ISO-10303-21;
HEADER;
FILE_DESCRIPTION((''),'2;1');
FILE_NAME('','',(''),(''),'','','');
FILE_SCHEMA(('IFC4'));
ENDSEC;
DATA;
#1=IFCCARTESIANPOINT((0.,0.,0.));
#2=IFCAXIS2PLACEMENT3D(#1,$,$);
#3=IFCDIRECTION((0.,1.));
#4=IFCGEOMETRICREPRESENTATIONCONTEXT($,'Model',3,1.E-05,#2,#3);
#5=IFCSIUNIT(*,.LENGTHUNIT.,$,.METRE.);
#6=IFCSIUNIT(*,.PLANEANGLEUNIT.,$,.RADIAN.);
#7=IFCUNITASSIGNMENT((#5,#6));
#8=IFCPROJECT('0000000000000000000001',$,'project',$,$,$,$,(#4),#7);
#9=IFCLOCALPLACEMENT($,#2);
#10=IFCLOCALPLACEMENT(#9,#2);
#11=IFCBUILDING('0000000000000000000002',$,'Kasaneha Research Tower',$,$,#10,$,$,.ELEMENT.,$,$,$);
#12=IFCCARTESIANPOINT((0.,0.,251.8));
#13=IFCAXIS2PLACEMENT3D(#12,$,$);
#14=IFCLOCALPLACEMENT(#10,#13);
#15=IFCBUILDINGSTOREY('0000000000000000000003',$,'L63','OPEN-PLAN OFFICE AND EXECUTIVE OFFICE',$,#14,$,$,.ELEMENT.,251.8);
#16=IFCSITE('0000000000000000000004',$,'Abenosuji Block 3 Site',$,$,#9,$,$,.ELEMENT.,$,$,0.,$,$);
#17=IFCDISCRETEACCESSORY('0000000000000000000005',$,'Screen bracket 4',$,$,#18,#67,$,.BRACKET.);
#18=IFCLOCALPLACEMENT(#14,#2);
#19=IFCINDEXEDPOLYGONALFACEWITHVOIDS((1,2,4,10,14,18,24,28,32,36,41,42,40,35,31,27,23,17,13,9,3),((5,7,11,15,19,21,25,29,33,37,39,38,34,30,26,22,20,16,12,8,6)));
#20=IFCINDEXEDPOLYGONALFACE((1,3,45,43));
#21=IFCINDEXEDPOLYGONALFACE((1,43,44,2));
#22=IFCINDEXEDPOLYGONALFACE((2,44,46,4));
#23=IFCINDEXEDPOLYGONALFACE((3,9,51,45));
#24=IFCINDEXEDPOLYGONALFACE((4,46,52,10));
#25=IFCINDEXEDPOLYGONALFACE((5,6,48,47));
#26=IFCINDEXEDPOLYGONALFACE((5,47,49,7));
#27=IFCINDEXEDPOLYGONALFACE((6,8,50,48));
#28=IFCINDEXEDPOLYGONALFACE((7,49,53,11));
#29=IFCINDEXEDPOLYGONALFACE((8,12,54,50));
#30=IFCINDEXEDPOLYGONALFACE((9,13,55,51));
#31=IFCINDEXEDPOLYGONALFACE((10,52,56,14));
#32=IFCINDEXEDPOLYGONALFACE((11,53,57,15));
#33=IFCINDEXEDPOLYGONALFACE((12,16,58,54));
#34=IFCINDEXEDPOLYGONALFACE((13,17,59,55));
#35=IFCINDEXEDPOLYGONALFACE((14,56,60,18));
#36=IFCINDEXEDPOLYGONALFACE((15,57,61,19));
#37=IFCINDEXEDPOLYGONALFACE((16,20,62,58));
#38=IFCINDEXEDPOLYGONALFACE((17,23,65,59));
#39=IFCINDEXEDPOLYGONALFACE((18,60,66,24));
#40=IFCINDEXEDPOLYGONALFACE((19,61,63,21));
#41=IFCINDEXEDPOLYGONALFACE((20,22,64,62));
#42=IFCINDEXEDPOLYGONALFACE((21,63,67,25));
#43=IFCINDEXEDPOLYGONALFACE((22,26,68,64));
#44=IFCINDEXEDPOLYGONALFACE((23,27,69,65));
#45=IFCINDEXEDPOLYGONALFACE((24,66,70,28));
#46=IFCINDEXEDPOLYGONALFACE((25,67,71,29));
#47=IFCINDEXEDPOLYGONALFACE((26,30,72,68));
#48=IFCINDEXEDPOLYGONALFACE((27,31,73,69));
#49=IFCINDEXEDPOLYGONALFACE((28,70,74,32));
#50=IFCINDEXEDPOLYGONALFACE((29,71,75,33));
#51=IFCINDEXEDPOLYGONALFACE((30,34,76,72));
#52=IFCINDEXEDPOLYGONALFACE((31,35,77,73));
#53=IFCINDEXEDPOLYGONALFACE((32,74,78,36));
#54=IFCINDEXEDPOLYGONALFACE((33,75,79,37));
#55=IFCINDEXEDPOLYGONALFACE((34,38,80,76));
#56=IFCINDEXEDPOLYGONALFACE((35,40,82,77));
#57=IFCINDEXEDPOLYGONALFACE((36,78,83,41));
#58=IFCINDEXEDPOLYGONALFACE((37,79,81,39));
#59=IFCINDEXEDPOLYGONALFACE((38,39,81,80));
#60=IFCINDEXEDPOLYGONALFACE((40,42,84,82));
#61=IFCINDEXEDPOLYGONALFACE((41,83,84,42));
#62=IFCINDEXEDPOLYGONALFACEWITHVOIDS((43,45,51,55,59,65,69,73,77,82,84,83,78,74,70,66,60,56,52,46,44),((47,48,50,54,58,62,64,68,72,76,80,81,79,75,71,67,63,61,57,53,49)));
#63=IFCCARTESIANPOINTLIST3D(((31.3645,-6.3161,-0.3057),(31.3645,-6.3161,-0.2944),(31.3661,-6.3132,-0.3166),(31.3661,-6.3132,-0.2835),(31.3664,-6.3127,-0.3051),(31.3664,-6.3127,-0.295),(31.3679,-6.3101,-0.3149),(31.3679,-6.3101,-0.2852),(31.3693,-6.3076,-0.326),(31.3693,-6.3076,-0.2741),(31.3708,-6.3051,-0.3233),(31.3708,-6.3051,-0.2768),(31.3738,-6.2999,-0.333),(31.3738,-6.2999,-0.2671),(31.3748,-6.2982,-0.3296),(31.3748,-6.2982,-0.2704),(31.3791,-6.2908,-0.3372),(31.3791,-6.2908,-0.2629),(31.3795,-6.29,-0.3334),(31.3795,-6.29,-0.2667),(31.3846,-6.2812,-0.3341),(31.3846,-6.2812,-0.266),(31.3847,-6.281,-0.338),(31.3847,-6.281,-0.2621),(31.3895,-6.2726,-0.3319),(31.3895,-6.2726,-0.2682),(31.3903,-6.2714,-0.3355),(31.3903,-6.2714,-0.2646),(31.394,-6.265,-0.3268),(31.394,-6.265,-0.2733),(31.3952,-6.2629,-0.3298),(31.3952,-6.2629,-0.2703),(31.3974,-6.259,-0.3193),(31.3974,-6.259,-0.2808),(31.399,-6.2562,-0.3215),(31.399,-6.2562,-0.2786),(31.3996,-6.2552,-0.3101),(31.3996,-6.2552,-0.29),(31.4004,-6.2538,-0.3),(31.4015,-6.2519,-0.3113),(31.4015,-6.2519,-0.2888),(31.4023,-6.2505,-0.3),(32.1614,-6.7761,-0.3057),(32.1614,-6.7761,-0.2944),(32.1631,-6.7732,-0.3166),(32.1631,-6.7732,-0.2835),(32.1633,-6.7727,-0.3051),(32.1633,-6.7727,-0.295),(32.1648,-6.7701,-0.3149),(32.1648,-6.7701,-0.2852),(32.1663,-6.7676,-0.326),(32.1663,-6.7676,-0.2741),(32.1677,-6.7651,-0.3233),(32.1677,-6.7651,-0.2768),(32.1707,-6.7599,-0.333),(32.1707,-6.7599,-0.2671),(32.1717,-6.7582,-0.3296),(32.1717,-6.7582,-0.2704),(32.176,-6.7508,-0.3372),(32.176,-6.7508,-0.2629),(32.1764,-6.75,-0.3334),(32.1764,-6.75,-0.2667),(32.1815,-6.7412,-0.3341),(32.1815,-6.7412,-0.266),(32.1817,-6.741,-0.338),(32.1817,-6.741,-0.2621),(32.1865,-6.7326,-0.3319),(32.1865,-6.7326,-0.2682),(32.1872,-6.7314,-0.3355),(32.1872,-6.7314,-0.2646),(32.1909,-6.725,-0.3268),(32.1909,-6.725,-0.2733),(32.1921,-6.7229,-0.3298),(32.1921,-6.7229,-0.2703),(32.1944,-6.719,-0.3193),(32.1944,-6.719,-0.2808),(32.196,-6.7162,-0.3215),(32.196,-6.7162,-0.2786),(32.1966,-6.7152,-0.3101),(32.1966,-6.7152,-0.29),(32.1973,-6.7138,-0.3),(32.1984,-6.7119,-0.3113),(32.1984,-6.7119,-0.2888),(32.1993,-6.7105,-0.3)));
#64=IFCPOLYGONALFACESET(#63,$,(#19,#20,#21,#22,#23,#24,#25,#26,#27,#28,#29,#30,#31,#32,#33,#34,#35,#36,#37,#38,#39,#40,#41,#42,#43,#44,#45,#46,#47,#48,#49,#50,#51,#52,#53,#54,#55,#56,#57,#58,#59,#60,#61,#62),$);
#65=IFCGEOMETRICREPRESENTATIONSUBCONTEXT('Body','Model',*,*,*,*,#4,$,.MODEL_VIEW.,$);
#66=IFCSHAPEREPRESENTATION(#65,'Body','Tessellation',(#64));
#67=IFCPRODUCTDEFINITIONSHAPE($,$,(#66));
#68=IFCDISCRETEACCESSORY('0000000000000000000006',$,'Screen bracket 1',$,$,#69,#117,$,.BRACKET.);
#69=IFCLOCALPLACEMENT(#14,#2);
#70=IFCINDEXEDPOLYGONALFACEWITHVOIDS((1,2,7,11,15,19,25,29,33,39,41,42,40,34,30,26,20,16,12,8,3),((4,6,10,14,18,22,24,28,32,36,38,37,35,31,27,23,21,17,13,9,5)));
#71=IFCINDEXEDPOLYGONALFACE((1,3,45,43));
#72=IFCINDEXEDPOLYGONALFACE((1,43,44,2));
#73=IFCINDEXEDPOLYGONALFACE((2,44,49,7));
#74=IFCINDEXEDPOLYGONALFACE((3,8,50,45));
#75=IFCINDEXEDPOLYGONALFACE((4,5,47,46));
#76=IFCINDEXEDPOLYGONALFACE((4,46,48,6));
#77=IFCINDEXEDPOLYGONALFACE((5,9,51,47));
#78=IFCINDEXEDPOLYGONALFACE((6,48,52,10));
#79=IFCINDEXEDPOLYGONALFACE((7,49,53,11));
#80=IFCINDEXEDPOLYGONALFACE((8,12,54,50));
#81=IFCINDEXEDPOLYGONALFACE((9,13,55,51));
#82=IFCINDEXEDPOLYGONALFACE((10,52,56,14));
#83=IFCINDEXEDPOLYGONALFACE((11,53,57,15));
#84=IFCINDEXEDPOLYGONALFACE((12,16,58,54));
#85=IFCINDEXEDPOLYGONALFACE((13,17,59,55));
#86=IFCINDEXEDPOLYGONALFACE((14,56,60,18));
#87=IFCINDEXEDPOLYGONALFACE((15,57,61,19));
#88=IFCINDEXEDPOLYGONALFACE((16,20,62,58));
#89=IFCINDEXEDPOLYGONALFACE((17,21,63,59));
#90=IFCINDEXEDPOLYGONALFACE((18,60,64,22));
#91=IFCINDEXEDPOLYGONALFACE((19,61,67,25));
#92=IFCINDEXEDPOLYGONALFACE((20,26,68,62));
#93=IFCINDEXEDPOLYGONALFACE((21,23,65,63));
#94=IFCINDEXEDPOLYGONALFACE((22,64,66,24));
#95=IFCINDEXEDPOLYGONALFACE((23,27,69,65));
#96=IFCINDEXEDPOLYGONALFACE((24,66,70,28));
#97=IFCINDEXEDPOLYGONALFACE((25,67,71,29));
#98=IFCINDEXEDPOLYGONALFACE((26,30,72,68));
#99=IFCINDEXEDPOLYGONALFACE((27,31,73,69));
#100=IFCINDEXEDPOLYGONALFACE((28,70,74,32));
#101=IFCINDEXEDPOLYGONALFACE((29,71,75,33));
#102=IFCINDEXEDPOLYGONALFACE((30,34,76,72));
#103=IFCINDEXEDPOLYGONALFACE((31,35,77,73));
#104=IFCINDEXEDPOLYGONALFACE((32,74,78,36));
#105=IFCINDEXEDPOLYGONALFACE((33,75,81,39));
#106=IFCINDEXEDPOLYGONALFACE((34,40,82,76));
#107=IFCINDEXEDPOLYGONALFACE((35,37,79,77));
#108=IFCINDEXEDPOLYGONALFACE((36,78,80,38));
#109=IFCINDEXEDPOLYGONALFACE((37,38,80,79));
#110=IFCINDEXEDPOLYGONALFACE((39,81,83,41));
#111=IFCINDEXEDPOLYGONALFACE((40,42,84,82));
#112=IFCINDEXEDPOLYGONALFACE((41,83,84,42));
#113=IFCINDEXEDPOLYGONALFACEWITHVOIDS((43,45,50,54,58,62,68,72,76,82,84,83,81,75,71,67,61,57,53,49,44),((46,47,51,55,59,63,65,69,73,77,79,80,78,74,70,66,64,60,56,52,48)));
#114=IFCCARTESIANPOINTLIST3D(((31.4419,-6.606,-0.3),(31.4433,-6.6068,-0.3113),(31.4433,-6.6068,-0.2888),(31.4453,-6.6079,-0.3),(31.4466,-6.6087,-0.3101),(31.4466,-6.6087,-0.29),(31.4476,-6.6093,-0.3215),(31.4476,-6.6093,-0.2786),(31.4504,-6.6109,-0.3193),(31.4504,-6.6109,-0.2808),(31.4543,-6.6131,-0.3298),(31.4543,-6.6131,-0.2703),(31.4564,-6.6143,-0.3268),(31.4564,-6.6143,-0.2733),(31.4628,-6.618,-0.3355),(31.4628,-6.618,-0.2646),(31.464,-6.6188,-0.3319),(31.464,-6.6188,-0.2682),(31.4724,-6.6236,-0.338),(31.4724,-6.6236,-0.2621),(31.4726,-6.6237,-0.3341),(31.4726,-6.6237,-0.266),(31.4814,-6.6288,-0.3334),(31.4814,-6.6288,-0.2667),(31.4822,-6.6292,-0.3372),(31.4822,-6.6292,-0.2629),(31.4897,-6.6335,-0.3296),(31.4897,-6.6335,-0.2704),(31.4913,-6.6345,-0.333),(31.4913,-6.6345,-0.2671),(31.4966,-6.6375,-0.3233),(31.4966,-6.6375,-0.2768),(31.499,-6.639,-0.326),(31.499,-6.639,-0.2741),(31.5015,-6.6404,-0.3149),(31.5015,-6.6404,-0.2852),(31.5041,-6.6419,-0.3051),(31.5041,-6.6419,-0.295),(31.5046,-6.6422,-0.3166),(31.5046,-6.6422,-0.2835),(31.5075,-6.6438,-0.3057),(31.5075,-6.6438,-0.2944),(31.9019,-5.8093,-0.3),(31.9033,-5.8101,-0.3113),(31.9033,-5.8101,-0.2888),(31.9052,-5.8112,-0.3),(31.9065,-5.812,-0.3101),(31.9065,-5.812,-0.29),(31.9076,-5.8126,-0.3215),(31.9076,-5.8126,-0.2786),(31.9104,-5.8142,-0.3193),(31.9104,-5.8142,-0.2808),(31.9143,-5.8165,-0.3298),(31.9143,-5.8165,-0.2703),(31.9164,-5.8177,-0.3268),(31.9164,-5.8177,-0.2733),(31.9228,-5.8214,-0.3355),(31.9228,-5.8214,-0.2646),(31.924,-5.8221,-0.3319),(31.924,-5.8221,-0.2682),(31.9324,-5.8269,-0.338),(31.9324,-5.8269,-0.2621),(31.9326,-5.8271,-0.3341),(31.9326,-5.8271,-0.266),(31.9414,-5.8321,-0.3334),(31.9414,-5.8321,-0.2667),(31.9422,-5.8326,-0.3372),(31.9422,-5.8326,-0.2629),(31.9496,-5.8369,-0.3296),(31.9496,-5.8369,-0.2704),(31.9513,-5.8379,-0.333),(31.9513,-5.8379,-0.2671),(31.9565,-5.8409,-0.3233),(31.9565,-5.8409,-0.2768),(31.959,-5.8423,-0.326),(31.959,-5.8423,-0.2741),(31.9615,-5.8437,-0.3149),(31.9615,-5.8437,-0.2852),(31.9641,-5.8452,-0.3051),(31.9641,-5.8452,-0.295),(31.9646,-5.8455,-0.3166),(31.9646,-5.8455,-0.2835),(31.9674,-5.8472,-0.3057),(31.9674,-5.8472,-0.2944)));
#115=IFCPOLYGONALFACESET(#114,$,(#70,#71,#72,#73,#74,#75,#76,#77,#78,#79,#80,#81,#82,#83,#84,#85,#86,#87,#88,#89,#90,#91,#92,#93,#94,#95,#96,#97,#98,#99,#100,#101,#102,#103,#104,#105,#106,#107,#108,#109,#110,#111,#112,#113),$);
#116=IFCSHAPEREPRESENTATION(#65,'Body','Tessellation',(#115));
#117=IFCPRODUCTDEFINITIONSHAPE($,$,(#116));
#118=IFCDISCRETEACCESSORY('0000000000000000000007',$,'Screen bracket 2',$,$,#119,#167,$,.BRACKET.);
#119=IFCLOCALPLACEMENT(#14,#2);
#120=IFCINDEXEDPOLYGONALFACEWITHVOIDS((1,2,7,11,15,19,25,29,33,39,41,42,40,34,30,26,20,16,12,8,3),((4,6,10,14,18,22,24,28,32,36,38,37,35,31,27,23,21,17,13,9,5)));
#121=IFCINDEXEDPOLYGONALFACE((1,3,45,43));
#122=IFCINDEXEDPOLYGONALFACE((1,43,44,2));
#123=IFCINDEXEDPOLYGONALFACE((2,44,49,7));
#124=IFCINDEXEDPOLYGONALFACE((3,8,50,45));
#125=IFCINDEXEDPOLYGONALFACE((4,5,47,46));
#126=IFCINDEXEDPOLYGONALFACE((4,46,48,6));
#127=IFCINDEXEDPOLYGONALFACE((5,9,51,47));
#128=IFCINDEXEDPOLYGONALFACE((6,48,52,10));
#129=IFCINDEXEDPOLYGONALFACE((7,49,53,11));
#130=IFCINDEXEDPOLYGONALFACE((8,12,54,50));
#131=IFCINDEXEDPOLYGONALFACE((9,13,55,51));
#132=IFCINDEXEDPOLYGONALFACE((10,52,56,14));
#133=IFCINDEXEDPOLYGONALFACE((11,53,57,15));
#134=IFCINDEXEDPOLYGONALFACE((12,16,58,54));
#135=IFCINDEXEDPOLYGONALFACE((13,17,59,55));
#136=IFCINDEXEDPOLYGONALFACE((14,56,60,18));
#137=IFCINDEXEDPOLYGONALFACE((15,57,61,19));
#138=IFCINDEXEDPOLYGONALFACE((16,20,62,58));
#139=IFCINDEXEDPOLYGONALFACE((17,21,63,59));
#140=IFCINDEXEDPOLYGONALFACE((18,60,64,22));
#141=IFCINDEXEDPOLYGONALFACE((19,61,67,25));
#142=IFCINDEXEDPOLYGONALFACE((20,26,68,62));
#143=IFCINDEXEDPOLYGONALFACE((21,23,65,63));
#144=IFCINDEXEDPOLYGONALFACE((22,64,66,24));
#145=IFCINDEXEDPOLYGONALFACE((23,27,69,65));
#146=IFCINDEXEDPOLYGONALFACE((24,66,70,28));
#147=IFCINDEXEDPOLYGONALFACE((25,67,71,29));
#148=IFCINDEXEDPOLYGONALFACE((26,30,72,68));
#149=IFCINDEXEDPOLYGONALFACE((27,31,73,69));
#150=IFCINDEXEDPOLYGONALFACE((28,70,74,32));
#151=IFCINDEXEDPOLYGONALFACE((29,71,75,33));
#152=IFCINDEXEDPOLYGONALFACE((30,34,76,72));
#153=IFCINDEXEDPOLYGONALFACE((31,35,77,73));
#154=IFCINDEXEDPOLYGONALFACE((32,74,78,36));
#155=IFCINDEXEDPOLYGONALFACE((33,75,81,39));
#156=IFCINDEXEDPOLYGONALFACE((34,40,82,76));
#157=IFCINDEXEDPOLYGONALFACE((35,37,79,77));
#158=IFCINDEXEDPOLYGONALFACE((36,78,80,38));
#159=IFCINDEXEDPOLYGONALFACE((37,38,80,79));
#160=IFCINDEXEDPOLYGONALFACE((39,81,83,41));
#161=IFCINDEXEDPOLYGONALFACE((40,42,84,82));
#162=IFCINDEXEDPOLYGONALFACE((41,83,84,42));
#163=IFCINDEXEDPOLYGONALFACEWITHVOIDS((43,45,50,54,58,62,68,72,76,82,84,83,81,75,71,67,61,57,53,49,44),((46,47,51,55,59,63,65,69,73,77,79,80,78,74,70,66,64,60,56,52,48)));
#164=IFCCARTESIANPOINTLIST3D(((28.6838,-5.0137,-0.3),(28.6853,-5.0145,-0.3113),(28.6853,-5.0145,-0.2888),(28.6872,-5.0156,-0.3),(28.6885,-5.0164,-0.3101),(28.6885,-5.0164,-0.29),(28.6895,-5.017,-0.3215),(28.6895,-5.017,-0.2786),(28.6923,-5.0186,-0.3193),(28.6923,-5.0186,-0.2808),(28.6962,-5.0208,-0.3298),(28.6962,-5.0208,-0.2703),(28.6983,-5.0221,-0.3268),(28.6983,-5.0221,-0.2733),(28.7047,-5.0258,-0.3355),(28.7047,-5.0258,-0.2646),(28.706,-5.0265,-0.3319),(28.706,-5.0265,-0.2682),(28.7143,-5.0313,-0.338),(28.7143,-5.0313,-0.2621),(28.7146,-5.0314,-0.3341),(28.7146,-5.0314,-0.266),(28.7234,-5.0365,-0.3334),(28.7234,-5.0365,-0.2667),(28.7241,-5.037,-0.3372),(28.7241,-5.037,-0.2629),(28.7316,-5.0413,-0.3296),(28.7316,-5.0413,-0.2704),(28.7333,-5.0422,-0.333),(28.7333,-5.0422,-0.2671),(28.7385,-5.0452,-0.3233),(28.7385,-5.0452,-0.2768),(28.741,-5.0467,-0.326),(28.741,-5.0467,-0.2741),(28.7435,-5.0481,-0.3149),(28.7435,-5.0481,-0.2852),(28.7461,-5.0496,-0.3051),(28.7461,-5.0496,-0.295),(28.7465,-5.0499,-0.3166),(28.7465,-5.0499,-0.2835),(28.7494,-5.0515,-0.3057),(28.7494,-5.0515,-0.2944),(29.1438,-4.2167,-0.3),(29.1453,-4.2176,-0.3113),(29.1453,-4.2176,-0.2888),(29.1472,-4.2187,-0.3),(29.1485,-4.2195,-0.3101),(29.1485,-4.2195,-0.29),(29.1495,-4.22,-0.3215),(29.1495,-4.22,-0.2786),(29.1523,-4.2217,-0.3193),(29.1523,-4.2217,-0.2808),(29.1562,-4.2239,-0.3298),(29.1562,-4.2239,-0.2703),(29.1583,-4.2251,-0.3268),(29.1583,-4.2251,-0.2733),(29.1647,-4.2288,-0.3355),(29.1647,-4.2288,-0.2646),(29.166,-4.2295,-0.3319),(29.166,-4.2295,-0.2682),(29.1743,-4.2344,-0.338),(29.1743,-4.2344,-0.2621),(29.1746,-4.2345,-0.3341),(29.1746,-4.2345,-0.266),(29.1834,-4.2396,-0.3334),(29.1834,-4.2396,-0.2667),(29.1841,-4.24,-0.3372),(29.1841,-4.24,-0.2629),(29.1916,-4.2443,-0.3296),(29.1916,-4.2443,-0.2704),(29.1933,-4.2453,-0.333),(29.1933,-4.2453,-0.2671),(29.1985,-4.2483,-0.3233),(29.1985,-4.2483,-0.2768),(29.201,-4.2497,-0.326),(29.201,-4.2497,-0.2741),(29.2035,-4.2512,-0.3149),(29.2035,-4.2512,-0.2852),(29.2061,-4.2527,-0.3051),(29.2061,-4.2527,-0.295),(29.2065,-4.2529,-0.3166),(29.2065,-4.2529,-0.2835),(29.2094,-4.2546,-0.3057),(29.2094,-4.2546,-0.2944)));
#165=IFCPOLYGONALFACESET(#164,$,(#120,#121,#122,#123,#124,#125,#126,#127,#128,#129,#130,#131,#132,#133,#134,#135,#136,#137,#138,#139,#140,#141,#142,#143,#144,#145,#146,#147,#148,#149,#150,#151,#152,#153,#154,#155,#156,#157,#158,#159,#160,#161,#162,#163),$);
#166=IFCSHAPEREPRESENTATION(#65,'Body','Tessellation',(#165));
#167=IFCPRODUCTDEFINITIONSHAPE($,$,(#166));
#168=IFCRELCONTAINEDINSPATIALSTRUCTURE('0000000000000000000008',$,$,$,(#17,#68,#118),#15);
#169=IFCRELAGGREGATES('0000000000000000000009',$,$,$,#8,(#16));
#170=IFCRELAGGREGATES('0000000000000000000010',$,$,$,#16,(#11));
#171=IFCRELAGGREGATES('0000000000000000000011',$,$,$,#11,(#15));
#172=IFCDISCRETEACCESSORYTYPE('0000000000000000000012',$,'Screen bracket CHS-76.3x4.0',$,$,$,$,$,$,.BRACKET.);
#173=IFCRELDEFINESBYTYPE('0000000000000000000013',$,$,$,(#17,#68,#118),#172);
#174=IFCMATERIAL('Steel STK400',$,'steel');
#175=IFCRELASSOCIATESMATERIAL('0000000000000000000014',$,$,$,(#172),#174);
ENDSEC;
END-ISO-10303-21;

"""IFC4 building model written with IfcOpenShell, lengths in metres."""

from ifc_helpers import new_model, si_unit, direction, frame, origin, origin_2d, place, context, subcontext, project, spatial, hollow_circle, extrude, material, material_profile, profile_set, type_object, element, save


model = new_model("IFC4")

# Units and contexts
model_context = context("Model", 3, precision=1e-05, world=origin(), true_north=direction((0.0, 1.0)))
body_context = subcontext(model_context, "Body", "Model", "MODEL_VIEW")
ifc_project = project(units=[si_unit("LENGTHUNIT", "METRE"), si_unit("PLANEANGLEUNIT", "RADIAN")], contexts=[model_context])

# Site, building, storey
site_placement = place(None, origin())
site = spatial("IfcSite", under=ifc_project, at=site_placement, Name="Abenosuji Block 3 Site", CompositionType="ELEMENT", RefElevation=0.0)
building_placement = place(site_placement, origin())
building = spatial("IfcBuilding", under=site, at=building_placement, Name="Kasaneha Research Tower", CompositionType="ELEMENT")
storey_placement = place(building_placement, frame((0.0, 0.0, 251.8)))
storey = spatial("IfcBuildingStorey", under=building, at=storey_placement, Name="L63", Description="OPEN-PLAN OFFICE AND EXECUTIVE OFFICE", CompositionType="ELEMENT", Elevation=251.8)

# Discrete accessories
ifc_material_1 = material(Name="Steel STK400", Category="steel")
ifc_material_profile_1 = material_profile(ifc_material_1, hollow_circle(Radius=0.0381, WallThickness=0.0039, at=origin_2d()), Name="CHS-76.3x4.0")
ifc_profile_set_1 = profile_set([ifc_material_profile_1], Name="Steel STK400")
discrete_accessory_type = type_object("IfcDiscreteAccessoryType", Name="Screen bracket CHS-76.3x4.0", PredefinedType="BRACKET", material=ifc_profile_set_1)
discrete_accessory_1_placement = place(storey_placement, frame((31.3833, -6.2834, -0.3), z_axis=(0.86608, -0.499906, 0.0), x_axis=(0.499906, 0.86608, 0.0)))
element("IfcDiscreteAccessory", 1, at=discrete_accessory_1_placement, inside=storey, type_object=discrete_accessory_type, Name="Screen bracket 4", PredefinedType="BRACKET", context=body_context, shape_type="SweptSolid", body=[
    extrude(hollow_circle(Radius=0.0381, WallThickness=0.0039, at=origin_2d()), origin(), (0.0, 0.0, 1.0), 0.9202),
])
discrete_accessory_2_placement = place(storey_placement, frame((31.4749, -6.625, -0.3), z_axis=(0.500021, 0.866013, 0.0), x_axis=(-0.866013, 0.500021, 0.0)))
element("IfcDiscreteAccessory", 2, at=discrete_accessory_2_placement, inside=storey, type_object=discrete_accessory_type, Name="Screen bracket 1", PredefinedType="BRACKET", context=body_context, shape_type="SweptSolid", body=[
    extrude(hollow_circle(Radius=0.0381, WallThickness=0.0039, at=origin_2d()), origin(), (0.0, 0.0, 1.0), 0.9199),
])
discrete_accessory_3_placement = place(storey_placement, frame((28.7168, -5.0327, -0.3), z_axis=(0.499906, 0.86608, 0.0), x_axis=(-0.86608, 0.499906, 0.0)))
element("IfcDiscreteAccessory", 3, at=discrete_accessory_3_placement, inside=storey, type_object=discrete_accessory_type, Name="Screen bracket 2", PredefinedType="BRACKET", context=body_context, shape_type="SweptSolid", body=[
    extrude(hollow_circle(Radius=0.0381, WallThickness=0.0039, at=origin_2d()), origin(), (0.0, 0.0, 1.0), 0.9202),
])

save(model, "model.ifc")
